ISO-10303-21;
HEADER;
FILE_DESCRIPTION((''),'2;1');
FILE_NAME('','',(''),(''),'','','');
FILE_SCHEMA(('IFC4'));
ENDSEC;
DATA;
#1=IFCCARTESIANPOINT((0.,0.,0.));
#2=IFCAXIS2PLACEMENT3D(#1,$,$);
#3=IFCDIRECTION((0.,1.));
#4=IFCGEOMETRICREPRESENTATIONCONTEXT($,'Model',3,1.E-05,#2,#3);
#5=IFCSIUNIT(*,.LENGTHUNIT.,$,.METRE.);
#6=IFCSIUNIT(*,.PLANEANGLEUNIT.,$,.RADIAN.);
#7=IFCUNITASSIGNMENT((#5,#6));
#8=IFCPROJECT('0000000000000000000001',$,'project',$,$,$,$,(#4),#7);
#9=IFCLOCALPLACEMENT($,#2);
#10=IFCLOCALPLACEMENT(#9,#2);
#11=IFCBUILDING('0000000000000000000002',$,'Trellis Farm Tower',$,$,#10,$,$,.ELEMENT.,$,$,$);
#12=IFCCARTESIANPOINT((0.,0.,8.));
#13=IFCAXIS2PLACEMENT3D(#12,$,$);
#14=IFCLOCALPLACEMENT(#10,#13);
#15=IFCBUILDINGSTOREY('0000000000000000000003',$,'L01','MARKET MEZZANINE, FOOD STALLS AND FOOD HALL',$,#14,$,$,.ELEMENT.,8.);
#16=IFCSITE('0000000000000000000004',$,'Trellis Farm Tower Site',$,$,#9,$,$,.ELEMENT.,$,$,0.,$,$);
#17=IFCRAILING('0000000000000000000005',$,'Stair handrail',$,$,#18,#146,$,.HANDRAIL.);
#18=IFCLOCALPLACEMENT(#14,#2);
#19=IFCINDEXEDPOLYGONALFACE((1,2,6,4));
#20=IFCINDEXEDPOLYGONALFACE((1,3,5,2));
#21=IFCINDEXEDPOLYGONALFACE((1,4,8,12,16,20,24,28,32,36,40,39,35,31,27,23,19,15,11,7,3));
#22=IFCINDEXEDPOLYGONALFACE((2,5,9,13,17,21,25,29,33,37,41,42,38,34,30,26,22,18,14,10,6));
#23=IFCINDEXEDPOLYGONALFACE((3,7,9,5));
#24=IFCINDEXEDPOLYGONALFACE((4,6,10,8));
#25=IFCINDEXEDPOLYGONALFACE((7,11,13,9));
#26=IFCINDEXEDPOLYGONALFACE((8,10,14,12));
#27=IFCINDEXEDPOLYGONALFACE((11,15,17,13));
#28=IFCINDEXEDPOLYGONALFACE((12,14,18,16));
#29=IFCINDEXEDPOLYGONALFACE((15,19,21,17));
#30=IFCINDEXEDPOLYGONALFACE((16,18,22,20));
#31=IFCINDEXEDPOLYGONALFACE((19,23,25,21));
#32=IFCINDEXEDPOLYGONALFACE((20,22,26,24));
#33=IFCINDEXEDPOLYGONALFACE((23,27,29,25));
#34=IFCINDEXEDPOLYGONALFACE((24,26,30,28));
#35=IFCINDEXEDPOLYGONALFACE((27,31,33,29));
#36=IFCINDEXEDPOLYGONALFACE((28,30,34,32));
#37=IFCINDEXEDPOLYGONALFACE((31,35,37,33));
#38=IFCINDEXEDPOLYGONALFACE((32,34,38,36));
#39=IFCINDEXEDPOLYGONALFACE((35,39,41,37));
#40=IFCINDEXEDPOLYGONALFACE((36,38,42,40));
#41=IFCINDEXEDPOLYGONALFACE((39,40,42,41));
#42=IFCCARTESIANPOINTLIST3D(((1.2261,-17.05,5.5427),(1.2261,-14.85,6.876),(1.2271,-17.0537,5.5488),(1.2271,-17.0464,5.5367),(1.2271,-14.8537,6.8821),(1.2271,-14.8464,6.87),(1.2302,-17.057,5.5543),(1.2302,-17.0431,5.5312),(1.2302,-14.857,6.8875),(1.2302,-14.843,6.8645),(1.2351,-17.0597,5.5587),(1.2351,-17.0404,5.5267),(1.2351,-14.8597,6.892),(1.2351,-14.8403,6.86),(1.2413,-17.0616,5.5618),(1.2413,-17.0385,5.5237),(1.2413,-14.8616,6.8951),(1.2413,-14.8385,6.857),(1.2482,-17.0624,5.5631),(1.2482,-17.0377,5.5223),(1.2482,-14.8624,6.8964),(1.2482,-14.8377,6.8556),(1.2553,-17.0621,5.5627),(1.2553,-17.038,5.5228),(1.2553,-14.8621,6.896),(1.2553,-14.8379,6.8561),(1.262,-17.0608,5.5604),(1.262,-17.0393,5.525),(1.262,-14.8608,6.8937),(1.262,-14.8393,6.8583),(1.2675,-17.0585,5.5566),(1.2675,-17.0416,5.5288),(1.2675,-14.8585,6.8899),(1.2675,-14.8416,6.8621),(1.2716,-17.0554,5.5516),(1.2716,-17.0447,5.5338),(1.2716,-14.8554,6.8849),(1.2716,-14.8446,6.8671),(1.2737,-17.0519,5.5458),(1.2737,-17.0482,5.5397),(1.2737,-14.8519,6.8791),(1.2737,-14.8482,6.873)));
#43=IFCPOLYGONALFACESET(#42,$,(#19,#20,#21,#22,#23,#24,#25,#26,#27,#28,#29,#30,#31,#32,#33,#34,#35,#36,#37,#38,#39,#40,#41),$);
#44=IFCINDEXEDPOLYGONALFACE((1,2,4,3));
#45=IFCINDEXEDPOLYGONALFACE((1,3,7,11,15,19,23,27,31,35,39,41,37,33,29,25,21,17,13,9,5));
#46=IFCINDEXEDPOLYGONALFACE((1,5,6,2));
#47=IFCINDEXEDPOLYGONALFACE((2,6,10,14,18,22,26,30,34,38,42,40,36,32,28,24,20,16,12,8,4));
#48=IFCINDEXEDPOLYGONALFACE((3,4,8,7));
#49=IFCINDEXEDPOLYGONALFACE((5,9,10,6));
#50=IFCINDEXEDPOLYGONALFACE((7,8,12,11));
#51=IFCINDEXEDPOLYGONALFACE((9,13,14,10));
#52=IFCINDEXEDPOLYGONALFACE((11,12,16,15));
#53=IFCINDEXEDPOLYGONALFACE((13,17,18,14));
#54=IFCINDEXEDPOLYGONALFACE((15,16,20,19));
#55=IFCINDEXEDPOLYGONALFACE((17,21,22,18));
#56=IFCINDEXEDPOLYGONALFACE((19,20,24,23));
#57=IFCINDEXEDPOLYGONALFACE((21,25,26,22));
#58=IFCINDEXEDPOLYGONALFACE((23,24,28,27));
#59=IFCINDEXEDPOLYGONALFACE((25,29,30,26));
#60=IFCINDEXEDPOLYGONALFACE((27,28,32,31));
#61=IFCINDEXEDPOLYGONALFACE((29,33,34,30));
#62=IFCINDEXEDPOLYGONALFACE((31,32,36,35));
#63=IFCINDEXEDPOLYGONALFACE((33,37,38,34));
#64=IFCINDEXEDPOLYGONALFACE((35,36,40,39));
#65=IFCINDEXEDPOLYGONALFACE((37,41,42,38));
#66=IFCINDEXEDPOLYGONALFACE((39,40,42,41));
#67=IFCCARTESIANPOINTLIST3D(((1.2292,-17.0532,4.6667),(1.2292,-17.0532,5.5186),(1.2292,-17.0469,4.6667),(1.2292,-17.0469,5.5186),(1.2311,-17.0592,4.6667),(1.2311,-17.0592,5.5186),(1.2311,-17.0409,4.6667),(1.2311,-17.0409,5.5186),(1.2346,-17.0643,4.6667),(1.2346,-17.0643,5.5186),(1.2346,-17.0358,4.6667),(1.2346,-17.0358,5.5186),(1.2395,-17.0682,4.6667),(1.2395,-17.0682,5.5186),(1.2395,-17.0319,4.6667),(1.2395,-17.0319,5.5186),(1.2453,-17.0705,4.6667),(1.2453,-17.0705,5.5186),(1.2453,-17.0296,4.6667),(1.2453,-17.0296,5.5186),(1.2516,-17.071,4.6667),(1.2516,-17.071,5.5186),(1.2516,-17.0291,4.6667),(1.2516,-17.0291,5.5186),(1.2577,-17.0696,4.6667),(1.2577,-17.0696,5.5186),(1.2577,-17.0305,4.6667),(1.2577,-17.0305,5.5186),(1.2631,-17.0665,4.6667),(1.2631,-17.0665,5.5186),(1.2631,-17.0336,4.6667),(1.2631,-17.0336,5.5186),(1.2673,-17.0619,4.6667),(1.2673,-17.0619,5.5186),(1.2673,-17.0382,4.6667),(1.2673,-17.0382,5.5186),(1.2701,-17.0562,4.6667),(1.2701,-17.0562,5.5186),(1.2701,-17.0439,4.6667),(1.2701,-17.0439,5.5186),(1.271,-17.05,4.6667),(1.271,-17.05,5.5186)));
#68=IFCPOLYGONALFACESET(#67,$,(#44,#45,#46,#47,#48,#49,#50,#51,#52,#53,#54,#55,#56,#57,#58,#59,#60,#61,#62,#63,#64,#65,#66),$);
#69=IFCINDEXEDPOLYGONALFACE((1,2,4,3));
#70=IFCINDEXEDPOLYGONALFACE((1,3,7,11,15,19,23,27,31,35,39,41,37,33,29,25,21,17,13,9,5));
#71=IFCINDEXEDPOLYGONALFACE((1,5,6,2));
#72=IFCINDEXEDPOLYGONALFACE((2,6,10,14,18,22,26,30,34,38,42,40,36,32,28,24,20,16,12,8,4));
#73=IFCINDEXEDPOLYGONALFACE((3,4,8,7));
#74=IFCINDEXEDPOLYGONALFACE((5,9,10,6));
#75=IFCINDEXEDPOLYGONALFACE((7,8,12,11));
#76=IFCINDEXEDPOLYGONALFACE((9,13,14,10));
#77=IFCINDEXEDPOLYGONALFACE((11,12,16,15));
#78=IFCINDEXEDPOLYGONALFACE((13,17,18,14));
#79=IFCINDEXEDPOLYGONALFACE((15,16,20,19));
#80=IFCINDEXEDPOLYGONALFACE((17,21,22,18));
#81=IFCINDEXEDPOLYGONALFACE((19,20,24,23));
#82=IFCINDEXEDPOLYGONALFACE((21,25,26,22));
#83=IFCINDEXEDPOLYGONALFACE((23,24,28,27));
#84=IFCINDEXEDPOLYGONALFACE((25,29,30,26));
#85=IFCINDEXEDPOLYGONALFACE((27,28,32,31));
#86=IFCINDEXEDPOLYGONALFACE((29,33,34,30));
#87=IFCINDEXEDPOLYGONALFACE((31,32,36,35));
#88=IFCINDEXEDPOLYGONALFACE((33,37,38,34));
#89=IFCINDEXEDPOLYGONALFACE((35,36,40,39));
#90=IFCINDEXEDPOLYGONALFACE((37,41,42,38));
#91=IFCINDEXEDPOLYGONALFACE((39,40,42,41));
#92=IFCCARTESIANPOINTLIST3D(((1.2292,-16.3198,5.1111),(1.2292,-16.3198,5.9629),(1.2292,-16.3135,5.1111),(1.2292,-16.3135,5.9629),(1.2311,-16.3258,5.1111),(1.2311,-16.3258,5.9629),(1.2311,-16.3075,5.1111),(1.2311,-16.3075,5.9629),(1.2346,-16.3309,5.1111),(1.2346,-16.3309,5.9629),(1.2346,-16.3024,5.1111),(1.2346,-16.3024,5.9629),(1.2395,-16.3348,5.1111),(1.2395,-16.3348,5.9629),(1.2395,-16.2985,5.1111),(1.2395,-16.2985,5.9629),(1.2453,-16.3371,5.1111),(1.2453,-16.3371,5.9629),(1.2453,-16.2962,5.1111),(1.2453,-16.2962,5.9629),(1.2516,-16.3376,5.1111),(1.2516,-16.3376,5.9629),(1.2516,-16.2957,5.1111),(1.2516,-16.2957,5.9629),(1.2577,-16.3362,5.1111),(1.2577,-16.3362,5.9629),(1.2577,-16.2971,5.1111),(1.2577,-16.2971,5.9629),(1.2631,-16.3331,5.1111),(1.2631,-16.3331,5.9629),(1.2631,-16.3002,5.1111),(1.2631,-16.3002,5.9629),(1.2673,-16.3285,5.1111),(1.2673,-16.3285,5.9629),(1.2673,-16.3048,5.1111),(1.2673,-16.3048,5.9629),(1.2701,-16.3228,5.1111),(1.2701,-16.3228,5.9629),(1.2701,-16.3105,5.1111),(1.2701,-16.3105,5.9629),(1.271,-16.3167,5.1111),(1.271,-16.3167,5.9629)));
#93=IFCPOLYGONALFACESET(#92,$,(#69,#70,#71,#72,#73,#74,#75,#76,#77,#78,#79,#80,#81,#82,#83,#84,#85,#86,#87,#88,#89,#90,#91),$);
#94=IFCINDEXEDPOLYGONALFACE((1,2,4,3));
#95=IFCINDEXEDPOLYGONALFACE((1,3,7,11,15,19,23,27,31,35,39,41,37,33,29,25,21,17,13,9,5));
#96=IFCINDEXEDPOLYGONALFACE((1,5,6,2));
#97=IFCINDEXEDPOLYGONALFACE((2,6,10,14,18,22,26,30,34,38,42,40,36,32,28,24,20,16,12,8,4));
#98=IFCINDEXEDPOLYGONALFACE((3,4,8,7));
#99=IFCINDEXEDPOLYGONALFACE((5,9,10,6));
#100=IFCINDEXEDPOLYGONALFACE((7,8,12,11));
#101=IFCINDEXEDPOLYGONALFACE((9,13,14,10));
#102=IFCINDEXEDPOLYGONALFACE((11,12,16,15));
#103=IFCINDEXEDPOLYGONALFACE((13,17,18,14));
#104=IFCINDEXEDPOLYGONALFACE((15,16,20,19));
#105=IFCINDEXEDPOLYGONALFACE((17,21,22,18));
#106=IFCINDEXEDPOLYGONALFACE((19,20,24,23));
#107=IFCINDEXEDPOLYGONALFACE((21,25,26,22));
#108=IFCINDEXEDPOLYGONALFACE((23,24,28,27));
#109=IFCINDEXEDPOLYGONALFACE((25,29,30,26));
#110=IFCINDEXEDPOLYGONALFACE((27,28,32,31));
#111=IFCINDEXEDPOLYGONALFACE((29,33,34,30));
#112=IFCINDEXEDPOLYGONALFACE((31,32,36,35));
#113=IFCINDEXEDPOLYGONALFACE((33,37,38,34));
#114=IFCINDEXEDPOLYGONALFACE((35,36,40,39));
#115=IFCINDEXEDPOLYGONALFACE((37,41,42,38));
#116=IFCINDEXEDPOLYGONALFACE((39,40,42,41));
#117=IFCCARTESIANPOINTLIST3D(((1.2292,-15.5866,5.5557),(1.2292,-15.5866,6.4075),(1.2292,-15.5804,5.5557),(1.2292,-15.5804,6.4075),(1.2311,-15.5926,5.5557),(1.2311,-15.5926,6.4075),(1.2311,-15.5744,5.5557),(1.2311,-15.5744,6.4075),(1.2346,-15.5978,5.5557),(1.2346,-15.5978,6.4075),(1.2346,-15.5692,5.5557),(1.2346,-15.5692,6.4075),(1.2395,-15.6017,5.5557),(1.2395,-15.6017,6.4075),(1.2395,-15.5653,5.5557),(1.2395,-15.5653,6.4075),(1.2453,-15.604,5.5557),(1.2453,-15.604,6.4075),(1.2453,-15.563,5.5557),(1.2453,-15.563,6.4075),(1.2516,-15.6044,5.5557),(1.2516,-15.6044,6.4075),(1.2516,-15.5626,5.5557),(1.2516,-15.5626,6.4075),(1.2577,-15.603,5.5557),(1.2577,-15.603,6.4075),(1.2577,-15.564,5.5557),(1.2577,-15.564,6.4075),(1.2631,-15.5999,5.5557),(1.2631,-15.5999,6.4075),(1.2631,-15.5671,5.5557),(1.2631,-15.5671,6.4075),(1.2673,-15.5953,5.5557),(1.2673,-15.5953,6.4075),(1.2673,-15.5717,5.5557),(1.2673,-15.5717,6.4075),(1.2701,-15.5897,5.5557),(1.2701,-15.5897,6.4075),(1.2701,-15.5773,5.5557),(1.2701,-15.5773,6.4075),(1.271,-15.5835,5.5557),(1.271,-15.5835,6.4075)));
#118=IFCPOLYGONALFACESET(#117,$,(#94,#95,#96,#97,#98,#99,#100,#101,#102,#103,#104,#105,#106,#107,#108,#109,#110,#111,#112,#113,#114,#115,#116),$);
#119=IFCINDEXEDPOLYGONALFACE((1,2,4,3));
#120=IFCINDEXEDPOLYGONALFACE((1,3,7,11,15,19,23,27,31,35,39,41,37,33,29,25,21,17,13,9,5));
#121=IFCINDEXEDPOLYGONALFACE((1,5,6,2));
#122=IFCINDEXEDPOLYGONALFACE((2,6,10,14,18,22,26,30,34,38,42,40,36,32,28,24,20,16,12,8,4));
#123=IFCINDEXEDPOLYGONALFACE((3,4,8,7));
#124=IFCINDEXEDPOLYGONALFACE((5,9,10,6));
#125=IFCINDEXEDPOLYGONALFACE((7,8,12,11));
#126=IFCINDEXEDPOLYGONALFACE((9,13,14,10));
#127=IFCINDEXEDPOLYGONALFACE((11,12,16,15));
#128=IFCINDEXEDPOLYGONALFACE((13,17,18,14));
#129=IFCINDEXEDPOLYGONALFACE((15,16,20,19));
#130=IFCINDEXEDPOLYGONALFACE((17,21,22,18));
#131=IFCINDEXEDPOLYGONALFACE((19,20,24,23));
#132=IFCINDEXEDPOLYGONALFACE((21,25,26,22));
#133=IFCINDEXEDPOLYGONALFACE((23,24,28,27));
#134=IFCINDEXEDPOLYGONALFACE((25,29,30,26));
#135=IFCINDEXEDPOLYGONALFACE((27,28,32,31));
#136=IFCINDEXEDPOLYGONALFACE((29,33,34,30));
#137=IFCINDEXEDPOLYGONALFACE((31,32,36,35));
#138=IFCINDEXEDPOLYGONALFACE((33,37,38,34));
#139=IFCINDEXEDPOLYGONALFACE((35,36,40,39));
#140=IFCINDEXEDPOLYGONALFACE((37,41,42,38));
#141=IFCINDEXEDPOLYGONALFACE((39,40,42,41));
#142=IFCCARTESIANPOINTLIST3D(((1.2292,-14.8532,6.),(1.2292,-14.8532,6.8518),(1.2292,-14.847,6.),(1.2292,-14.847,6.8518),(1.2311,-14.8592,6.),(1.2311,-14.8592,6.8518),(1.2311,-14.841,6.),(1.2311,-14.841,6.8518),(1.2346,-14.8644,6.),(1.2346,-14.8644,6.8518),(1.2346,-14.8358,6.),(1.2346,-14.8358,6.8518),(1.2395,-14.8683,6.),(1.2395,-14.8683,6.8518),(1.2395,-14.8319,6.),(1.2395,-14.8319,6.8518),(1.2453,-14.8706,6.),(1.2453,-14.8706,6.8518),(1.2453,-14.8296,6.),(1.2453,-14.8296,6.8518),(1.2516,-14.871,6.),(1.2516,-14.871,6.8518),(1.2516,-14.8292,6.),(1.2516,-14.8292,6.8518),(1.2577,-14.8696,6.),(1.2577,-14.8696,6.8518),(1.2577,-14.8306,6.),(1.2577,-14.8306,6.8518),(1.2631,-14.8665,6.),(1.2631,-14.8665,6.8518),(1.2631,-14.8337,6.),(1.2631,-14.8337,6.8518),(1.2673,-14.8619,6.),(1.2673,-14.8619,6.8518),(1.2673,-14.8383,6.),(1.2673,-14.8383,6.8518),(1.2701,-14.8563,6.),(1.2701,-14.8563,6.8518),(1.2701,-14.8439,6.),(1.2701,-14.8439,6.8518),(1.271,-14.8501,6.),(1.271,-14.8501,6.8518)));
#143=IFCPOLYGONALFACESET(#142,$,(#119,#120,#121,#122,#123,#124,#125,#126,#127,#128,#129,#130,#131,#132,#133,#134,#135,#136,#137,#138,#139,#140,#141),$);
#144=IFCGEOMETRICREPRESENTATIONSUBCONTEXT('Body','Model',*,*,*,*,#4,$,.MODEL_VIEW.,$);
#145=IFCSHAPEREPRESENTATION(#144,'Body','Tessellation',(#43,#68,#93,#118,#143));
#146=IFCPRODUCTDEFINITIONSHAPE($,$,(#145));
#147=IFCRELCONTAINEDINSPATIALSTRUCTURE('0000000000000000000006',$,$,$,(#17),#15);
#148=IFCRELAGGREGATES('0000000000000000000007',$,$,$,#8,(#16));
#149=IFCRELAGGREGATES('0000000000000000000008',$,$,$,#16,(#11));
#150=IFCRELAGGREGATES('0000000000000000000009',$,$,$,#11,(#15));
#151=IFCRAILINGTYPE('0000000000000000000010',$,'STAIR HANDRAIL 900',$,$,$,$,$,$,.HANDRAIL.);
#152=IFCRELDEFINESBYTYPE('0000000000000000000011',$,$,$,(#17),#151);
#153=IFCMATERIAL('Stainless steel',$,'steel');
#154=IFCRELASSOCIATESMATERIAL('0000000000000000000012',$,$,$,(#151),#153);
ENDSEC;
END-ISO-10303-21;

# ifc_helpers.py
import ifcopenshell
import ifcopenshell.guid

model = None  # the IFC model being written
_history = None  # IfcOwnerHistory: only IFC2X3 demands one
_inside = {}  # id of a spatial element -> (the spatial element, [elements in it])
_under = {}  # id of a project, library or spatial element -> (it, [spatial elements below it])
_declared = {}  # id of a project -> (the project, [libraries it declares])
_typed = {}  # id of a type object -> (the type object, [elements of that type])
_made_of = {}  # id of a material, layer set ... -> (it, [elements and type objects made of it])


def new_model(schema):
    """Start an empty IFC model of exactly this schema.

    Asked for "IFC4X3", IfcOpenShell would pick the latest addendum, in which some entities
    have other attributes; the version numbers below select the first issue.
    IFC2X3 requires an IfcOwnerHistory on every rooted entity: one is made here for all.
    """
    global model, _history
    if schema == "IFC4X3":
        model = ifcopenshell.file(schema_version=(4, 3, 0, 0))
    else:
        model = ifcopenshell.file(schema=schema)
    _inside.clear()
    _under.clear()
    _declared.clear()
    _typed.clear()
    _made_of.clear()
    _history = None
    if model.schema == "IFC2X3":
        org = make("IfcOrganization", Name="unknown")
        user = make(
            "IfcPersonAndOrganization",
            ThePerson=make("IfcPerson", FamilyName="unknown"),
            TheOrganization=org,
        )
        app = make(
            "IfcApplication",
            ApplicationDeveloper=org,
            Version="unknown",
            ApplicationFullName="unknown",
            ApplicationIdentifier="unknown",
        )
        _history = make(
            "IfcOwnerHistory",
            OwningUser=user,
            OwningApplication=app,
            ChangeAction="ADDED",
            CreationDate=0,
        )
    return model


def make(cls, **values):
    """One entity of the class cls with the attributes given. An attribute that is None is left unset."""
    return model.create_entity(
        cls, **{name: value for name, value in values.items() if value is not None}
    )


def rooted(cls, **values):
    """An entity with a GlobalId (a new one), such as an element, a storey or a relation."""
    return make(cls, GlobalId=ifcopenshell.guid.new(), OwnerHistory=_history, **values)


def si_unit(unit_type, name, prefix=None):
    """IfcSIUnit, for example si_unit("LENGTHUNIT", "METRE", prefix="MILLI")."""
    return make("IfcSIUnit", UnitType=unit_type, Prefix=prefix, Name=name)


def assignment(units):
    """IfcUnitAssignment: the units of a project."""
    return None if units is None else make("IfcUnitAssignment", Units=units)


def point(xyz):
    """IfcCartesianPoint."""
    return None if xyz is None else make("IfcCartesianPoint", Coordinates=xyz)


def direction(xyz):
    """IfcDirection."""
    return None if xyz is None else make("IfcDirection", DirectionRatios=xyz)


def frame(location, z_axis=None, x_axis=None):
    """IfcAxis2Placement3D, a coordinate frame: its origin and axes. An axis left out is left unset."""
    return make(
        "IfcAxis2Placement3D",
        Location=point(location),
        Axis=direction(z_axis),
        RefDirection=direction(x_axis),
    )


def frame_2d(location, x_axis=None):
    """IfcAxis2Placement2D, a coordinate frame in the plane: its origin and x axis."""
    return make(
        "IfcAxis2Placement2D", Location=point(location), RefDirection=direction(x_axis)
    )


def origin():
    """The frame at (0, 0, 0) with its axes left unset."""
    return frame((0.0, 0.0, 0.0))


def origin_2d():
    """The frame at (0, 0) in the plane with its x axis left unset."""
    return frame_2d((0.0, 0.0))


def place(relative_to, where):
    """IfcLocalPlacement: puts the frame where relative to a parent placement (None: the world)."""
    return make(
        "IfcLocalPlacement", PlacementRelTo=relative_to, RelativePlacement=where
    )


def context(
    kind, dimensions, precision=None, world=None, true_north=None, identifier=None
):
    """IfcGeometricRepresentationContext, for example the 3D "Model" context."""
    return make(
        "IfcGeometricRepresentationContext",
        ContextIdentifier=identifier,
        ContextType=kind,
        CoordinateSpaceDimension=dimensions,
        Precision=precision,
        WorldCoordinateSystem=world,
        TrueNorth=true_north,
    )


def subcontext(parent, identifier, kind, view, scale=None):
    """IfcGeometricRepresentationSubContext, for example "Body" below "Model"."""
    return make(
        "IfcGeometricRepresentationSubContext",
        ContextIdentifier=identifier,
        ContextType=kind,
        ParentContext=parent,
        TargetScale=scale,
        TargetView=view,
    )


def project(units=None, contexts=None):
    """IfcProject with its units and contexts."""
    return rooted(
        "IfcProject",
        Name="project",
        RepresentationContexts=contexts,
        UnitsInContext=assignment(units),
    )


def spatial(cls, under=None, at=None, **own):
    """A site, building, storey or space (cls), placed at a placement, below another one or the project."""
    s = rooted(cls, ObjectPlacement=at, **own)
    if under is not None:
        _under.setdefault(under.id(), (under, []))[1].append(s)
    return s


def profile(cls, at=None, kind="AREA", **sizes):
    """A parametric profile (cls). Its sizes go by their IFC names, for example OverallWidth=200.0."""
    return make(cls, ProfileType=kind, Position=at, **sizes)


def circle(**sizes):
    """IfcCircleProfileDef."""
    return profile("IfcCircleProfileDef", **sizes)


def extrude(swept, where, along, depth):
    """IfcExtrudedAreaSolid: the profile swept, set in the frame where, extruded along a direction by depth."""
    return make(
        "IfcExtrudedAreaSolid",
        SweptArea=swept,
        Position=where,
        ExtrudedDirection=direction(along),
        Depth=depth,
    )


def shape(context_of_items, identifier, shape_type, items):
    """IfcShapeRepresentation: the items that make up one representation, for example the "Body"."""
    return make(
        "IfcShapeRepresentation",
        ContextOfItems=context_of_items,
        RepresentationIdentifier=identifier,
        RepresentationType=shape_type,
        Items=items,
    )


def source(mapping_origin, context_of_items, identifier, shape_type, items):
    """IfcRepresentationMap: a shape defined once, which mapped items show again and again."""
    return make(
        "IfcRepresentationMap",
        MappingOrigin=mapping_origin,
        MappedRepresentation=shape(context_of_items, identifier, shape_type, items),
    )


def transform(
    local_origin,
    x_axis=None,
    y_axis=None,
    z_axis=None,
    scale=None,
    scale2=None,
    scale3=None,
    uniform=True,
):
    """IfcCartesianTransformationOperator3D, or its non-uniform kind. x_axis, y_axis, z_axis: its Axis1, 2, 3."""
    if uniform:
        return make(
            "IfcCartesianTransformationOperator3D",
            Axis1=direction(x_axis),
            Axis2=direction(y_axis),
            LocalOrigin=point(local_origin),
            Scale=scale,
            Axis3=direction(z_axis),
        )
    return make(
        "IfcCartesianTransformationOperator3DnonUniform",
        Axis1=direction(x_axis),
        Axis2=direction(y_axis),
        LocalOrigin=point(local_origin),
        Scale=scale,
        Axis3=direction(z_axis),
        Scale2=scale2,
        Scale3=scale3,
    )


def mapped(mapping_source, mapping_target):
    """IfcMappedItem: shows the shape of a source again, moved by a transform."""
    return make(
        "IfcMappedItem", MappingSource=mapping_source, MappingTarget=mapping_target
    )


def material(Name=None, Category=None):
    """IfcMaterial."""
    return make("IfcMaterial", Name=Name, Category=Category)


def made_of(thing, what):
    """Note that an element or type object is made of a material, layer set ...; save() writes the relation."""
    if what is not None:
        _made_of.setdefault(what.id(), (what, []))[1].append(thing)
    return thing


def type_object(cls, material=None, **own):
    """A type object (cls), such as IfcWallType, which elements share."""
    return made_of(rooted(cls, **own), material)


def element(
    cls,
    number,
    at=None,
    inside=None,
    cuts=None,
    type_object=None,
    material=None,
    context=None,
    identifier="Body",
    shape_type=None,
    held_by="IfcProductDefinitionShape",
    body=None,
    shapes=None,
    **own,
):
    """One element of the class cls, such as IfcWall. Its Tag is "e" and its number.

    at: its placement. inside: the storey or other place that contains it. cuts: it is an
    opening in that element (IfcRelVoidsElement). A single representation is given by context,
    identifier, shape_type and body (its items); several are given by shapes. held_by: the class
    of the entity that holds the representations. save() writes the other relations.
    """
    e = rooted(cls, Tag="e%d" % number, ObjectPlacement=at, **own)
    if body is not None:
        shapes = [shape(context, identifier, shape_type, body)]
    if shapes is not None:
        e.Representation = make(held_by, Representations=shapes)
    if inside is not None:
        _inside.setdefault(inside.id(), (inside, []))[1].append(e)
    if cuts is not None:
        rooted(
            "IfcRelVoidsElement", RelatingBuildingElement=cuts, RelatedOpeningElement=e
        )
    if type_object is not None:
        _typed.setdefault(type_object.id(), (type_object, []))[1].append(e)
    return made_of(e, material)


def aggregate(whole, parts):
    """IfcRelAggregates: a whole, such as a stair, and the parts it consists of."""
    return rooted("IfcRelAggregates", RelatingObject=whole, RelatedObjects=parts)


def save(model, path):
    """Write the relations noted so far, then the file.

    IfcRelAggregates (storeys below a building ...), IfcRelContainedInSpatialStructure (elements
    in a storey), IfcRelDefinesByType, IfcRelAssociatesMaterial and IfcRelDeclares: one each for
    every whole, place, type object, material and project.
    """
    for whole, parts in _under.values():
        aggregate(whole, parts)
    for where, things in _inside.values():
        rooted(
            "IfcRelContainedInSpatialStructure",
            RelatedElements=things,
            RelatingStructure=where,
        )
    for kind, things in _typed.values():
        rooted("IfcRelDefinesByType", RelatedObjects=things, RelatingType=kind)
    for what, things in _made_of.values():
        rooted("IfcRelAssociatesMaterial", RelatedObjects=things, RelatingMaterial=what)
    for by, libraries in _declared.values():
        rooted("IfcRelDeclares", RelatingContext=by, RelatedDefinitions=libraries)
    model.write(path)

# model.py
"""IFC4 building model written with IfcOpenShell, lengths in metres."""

from ifc_helpers import new_model, si_unit, direction, frame, origin, origin_2d, place, context, subcontext, project, spatial, circle, extrude, source, transform, mapped, material, type_object, element, save


model = new_model("IFC4")

# Units and contexts
model_context = context("Model", 3, precision=1e-05, world=origin(), true_north=direction((0.0, 1.0)))
body_context = subcontext(model_context, "Body", "Model", "MODEL_VIEW")
ifc_project = project(units=[si_unit("LENGTHUNIT", "METRE"), si_unit("PLANEANGLEUNIT", "RADIAN")], contexts=[model_context])

# Site, building, storey
site_placement = place(None, origin())
site = spatial("IfcSite", under=ifc_project, at=site_placement, Name="Trellis Farm Tower Site", CompositionType="ELEMENT", RefElevation=0.0)
building_placement = place(site_placement, origin())
building = spatial("IfcBuilding", under=site, at=building_placement, Name="Trellis Farm Tower", CompositionType="ELEMENT")
storey_placement = place(building_placement, frame((0.0, 0.0, 8.0)))
storey = spatial("IfcBuildingStorey", under=building, at=storey_placement, Name="L01", Description="MARKET MEZZANINE, FOOD STALLS AND FOOD HALL", CompositionType="ELEMENT", Elevation=8.0)

# Railing
ifc_material_1 = material(Name="Stainless steel", Category="steel")
railing_type = type_object("IfcRailingType", Name="STAIR HANDRAIL 900", PredefinedType="HANDRAIL", material=ifc_material_1)
shared_shape_1 = source(origin(), body_context, "Body", "SweptSolid", [
    extrude(circle(Radius=0.0239, at=origin_2d()), frame((0.0, 0.0, 0.876), z_axis=(0.0, 0.855207, 0.518287), x_axis=(-1.0, 0.0, 0.0)), (0.0, 0.0, 1.0), 2.5725),
    extrude(circle(Radius=0.021, at=origin_2d()), origin(), (0.0, 0.0, 1.0), 0.8518),
    extrude(circle(Radius=0.021, at=origin_2d()), frame((0.0, 0.7334, 0.4443)), (0.0, 0.0, 1.0), 0.8518),
    extrude(circle(Radius=0.021, at=origin_2d()), frame((0.0, 1.4666, 0.8889)), (0.0, 0.0, 1.0), 0.8518),
    extrude(circle(Radius=0.021, at=origin_2d()), frame((0.0, 2.2, 1.3333)), (0.0, 0.0, 1.0), 0.8518),
])
for number, where, name in (
    (1, (1.25, -17.05, 4.6667), "Stair handrail"),
):
    element("IfcRailing", number, at=place(storey_placement, frame(where)), inside=storey, type_object=railing_type, Name=name, PredefinedType="HANDRAIL", context=body_context, shape_type="MappedRepresentation", body=[
        mapped(shared_shape_1, transform((0.0, 0.0, 0.0))),
    ])

save(model, "model.ifc")
